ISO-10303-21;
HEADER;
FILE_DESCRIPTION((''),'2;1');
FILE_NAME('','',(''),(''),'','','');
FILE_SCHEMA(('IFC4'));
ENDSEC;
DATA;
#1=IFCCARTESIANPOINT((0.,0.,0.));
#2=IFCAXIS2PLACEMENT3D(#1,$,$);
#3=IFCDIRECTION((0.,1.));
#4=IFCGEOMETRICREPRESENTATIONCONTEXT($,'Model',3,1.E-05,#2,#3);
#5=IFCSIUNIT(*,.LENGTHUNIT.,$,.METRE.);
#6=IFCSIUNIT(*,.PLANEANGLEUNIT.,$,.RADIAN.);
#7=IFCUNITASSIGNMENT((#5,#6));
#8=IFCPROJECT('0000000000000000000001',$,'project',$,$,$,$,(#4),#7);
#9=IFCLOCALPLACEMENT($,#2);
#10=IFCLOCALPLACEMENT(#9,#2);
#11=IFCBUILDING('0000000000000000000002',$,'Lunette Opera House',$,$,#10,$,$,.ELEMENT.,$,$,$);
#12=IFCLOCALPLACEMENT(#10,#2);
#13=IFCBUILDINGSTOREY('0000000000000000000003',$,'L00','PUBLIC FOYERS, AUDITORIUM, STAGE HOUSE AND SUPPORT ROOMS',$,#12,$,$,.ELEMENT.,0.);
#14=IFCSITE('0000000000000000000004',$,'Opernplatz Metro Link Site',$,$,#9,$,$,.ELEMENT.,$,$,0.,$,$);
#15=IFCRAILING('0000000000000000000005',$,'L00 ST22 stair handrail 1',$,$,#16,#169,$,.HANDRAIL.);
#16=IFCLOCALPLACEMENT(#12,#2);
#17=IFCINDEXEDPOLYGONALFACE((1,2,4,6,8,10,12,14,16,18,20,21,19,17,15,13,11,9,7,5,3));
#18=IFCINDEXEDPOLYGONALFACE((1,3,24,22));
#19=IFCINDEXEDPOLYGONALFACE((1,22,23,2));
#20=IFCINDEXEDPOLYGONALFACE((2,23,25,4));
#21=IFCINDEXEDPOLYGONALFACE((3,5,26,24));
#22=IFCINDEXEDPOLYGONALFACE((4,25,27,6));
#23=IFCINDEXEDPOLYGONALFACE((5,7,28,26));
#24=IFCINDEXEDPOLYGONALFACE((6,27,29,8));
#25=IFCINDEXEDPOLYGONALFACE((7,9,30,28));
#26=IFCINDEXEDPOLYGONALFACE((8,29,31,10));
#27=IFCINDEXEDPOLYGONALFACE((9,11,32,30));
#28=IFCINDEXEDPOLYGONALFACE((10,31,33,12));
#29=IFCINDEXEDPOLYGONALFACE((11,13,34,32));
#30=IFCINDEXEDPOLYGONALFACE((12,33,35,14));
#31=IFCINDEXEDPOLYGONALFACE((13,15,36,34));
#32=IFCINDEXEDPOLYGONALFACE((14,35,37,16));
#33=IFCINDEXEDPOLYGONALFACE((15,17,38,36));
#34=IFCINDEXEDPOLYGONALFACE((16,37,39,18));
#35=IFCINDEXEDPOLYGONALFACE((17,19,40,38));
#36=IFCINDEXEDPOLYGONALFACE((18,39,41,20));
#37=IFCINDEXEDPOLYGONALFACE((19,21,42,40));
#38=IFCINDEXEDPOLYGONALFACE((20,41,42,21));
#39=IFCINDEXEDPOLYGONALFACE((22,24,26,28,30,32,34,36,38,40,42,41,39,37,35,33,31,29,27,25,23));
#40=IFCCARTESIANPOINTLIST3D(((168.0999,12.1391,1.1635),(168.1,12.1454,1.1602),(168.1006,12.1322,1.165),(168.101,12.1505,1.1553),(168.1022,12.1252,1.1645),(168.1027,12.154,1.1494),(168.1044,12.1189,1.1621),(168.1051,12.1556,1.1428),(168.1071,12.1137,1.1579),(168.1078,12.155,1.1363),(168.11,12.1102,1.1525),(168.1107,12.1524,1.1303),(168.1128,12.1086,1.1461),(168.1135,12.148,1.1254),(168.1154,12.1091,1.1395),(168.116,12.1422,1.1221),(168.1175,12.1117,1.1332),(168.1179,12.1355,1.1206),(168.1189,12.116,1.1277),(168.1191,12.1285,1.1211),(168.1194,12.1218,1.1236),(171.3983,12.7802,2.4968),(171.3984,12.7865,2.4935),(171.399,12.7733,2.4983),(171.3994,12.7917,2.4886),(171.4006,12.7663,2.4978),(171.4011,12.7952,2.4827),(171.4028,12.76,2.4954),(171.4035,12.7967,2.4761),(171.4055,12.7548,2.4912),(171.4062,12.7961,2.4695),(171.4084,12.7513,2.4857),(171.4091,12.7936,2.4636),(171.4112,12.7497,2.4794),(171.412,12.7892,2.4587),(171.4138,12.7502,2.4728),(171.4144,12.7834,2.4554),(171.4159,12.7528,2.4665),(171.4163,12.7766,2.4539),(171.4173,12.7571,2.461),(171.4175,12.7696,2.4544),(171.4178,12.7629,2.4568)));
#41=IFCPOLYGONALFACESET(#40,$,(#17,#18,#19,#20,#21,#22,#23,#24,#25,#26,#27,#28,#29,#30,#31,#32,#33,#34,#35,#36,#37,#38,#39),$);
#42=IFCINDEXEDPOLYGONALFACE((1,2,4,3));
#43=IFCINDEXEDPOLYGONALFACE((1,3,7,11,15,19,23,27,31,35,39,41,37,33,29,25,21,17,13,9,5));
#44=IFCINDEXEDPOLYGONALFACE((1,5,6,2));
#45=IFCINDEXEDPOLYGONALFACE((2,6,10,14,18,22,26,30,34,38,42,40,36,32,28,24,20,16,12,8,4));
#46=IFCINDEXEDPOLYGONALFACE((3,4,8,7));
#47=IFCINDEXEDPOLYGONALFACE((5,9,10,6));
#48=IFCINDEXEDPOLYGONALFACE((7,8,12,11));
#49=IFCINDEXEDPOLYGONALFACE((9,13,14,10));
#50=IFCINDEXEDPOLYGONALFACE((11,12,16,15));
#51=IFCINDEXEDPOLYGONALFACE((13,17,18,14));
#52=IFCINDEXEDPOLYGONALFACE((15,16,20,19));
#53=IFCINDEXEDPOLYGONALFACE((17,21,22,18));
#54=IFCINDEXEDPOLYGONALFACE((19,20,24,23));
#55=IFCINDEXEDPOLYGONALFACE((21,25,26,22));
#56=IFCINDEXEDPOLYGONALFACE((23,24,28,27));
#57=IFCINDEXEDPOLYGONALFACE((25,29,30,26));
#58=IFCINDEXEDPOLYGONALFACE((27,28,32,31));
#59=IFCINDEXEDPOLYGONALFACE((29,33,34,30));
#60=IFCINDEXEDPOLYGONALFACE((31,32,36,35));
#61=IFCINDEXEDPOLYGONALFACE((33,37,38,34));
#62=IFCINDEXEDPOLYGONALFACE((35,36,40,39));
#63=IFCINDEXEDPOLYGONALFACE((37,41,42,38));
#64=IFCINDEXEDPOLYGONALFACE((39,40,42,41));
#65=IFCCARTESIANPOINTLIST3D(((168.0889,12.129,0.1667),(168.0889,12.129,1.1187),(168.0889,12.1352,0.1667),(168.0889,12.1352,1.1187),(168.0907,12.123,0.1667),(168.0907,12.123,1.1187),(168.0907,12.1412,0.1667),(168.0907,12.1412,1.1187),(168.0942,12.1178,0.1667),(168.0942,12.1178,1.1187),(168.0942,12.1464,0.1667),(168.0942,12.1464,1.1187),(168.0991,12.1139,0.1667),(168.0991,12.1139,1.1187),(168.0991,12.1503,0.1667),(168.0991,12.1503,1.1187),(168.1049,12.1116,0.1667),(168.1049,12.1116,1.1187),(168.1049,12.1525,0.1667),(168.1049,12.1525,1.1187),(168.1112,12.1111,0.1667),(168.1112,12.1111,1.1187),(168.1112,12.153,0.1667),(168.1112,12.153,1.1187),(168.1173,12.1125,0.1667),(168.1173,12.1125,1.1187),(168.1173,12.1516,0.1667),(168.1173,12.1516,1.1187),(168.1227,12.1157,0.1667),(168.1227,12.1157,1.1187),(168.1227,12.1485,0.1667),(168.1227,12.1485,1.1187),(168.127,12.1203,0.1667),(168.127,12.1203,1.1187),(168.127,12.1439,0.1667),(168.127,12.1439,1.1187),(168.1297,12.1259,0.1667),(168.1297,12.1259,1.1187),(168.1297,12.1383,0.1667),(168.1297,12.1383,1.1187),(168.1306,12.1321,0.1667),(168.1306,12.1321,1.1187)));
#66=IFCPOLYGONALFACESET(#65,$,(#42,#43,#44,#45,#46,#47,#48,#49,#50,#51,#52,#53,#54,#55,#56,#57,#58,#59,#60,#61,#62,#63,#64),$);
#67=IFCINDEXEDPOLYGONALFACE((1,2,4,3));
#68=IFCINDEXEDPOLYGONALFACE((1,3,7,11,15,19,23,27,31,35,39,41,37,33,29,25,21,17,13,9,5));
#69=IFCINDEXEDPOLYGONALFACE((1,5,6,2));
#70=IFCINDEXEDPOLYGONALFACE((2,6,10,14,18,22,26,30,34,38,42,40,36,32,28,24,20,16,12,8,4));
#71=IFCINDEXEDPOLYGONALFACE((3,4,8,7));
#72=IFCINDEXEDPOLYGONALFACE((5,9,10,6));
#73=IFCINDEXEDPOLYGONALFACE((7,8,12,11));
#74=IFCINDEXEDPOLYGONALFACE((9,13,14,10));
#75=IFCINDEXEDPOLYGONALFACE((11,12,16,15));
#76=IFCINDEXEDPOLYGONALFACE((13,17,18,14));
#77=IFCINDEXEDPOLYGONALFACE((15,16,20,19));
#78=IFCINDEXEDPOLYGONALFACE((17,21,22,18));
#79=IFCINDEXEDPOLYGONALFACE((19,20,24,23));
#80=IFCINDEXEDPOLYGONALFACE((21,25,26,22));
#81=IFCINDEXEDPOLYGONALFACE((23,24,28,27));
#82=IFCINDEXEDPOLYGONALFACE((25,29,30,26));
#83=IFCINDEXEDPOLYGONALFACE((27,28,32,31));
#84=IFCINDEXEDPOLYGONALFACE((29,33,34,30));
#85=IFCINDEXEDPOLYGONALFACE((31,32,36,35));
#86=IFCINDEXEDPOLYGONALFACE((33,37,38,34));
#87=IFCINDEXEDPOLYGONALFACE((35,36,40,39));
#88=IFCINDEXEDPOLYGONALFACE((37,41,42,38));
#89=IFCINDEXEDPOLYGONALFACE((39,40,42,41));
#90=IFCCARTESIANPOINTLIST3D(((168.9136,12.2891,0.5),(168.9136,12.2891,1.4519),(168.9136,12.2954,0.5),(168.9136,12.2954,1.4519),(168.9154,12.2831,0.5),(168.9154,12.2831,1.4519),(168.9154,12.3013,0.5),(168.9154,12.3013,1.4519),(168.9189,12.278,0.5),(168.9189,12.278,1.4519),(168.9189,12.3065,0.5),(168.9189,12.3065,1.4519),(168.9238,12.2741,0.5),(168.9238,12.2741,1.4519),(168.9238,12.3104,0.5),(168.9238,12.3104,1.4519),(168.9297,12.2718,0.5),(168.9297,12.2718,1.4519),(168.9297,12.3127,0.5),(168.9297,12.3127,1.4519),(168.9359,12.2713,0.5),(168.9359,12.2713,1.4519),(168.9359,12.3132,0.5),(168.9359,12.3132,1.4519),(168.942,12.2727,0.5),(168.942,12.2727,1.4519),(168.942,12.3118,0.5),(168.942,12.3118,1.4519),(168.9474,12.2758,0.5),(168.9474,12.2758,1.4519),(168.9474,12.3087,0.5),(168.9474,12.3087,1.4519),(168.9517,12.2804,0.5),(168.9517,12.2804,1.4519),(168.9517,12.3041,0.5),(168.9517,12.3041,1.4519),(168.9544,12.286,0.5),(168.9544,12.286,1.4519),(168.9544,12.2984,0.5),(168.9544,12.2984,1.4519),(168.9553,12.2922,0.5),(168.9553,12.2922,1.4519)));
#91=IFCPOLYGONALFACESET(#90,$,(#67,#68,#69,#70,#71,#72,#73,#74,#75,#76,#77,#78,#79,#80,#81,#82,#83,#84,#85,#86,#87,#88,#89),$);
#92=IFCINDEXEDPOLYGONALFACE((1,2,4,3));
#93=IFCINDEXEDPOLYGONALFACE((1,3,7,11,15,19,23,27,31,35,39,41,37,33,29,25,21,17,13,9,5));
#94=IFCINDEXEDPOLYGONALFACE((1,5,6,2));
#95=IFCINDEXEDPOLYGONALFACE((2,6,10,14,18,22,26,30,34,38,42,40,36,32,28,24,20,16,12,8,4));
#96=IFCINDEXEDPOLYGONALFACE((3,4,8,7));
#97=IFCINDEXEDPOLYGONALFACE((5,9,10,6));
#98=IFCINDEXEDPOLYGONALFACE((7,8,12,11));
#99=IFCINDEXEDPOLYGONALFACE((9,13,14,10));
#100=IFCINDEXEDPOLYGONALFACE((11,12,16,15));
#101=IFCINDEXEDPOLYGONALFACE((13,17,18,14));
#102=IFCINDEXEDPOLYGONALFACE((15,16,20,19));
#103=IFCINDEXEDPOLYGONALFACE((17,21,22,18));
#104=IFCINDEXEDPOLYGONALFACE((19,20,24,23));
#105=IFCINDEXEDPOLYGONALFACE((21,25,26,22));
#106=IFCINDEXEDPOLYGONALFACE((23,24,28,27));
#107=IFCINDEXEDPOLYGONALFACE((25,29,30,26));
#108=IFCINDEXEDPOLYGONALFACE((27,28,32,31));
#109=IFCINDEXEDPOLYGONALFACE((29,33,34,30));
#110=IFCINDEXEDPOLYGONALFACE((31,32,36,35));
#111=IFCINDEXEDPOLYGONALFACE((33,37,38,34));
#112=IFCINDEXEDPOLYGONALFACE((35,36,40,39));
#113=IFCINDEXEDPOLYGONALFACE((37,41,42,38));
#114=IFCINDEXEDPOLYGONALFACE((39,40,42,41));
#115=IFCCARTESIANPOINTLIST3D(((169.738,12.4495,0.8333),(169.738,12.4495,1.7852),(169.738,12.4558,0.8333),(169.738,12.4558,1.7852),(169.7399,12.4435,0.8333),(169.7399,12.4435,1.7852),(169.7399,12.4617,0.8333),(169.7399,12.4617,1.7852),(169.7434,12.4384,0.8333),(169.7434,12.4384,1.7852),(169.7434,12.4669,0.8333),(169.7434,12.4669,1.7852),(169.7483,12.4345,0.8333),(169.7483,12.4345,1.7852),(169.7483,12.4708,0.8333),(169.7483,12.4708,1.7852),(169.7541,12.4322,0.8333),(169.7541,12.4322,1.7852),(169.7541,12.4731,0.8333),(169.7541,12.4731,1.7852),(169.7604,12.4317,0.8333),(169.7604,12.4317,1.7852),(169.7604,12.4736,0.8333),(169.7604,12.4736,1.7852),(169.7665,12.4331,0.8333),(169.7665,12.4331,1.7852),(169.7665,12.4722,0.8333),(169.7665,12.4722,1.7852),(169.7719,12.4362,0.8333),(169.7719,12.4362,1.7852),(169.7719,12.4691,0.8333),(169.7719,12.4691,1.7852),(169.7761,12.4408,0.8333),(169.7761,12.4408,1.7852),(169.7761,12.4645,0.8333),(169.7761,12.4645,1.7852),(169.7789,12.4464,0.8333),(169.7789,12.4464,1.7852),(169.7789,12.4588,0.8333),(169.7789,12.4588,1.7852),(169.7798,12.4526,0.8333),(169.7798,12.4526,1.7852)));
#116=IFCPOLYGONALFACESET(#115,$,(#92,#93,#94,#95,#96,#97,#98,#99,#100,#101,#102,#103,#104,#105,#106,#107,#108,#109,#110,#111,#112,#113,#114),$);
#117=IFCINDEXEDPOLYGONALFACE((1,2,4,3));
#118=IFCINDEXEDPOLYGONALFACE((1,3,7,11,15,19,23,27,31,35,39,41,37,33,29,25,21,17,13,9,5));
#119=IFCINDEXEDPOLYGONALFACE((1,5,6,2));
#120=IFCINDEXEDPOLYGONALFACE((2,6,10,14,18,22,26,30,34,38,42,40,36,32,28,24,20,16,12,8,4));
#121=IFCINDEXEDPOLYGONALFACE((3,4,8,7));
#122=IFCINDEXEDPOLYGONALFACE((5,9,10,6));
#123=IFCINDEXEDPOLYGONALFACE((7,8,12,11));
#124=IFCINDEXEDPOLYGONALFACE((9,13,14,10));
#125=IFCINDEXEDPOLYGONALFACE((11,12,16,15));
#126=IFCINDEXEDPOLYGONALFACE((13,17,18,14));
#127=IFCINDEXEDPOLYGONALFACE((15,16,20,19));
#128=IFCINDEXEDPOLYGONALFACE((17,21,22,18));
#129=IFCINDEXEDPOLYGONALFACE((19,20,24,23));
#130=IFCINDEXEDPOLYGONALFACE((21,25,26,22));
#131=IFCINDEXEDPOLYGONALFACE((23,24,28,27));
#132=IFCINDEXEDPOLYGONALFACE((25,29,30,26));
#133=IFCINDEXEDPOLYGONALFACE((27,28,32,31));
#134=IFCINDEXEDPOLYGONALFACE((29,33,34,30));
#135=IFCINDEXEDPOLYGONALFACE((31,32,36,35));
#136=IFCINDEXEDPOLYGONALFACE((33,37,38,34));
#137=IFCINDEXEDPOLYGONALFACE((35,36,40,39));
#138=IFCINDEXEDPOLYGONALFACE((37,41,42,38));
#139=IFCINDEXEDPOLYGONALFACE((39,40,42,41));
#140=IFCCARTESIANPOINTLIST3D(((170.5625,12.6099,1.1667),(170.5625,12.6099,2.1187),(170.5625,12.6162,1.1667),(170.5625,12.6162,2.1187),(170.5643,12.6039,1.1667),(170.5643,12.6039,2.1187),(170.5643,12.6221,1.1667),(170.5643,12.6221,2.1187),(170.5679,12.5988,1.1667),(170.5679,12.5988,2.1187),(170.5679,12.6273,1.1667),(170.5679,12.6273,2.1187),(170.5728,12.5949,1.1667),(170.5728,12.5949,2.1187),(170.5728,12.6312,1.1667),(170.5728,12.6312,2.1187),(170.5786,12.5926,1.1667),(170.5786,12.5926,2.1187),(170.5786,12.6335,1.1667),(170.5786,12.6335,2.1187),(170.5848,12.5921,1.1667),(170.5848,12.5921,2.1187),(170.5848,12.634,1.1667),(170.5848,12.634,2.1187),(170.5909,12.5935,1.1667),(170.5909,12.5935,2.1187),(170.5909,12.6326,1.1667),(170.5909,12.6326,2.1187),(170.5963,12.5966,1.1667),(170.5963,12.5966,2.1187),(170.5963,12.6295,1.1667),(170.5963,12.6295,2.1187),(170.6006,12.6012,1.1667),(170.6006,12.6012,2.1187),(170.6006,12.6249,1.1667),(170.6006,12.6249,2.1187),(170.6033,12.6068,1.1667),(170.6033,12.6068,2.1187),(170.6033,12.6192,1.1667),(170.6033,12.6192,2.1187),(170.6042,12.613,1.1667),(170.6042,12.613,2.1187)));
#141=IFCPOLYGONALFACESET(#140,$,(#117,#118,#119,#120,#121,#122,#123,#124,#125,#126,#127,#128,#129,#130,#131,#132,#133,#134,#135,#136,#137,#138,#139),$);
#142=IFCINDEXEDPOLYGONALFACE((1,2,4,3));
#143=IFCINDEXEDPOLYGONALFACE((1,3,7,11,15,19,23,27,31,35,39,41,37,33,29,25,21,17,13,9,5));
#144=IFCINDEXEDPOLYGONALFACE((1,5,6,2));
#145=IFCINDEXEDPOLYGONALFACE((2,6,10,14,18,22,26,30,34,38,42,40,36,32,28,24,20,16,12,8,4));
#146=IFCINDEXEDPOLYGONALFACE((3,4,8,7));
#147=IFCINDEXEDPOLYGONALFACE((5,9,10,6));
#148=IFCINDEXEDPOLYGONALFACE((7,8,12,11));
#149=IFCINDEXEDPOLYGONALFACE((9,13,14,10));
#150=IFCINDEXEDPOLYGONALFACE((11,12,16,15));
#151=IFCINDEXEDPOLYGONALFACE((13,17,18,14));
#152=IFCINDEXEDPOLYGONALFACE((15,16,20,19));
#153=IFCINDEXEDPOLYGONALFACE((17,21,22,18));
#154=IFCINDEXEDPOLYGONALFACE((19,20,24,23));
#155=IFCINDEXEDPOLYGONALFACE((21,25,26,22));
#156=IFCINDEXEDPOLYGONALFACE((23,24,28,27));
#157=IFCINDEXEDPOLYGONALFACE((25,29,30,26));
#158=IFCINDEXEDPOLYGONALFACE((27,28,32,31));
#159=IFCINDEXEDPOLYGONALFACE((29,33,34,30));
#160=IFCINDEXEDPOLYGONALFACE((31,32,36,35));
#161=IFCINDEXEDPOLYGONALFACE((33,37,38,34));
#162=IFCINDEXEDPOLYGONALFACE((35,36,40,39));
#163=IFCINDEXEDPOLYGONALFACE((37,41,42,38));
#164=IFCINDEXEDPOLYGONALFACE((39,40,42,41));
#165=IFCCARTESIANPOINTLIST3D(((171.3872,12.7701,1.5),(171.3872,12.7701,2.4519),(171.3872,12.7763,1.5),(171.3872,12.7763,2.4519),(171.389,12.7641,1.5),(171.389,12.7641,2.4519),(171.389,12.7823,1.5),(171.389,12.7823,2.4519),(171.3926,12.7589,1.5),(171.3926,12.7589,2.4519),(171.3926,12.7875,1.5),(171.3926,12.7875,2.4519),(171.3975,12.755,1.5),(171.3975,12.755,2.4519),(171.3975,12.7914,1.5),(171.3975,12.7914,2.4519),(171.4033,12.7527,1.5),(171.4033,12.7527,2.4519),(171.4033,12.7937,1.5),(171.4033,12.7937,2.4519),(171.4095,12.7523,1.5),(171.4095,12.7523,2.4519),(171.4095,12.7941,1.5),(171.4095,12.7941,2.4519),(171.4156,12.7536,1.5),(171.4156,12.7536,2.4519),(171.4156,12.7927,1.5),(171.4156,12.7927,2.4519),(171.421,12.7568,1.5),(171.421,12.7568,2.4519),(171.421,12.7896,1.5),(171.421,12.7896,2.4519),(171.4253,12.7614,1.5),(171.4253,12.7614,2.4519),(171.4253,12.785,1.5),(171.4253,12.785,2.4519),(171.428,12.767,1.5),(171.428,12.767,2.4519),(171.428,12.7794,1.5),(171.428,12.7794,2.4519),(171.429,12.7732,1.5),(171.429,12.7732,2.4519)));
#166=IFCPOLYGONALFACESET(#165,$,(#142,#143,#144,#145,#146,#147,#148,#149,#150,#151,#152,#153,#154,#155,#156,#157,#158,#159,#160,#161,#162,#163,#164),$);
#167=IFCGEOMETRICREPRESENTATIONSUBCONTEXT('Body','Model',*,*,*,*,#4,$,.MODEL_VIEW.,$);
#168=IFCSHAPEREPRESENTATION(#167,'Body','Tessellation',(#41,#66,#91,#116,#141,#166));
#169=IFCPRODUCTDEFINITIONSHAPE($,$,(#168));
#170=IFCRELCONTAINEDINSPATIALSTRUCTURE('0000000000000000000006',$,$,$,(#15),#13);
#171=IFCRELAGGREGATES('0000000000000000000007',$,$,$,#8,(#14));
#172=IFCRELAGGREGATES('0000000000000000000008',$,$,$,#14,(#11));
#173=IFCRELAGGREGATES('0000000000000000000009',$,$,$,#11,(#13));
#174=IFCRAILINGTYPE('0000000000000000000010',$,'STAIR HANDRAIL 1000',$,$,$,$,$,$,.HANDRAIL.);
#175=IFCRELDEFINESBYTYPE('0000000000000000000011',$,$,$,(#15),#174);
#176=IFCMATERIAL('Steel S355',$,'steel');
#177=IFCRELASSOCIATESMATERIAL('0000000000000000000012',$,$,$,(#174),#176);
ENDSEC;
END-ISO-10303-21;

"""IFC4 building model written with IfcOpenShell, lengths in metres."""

from ifc_helpers import new_model, si_unit, direction, frame, origin, origin_2d, place, context, subcontext, project, spatial, circle, extrude, material, type_object, element, save


model = new_model("IFC4")

# Units and contexts
model_context = context("Model", 3, precision=1e-05, world=origin(), true_north=direction((0.0, 1.0)))
body_context = subcontext(model_context, "Body", "Model", "MODEL_VIEW")
ifc_project = project(units=[si_unit("LENGTHUNIT", "METRE"), si_unit("PLANEANGLEUNIT", "RADIAN")], contexts=[model_context])

# Site, building, storey
site_placement = place(None, origin())
site = spatial("IfcSite", under=ifc_project, at=site_placement, Name="Opernplatz Metro Link Site", CompositionType="ELEMENT", RefElevation=0.0)
building_placement = place(site_placement, origin())
building = spatial("IfcBuilding", under=site, at=building_placement, Name="Lunette Opera House", CompositionType="ELEMENT")
storey_placement = place(building_placement, origin())
storey = spatial("IfcBuildingStorey", under=building, at=storey_placement, Name="L00", Description="PUBLIC FOYERS, AUDITORIUM, STAGE HOUSE AND SUPPORT ROOMS", CompositionType="ELEMENT", Elevation=0.0)

# Railing
ifc_material_1 = material(Name="Steel S355", Category="steel")
railing_type = type_object("IfcRailingType", Name="STAIR HANDRAIL 1000", PredefinedType="HANDRAIL", material=ifc_material_1)
for number, where, name in (
    (1, (168.1096, 12.1321, 0.1667), "L00 ST22 stair handrail 1"),
):
    element("IfcRailing", number, at=place(storey_placement, frame(where)), inside=storey, type_object=railing_type, Name=name, PredefinedType="HANDRAIL", context=body_context, shape_type="SweptSolid", body=[
        extrude(circle(Radius=0.0239, at=origin_2d()), frame((0.0, 0.0, 0.9761), z_axis=(0.912425, 0.177352, 0.368819), x_axis=(-0.190804, 0.981628, 0.0)), (0.0, 0.0, 1.0), 3.615),
        extrude(circle(Radius=0.021, at=origin_2d()), origin(), (0.0, 0.0, 1.0), 0.9519),
        extrude(circle(Radius=0.021, at=origin_2d()), frame((0.8247, 0.1602, 0.3333)), (0.0, 0.0, 1.0), 0.9519),
        extrude(circle(Radius=0.021, at=origin_2d()), frame((1.6492, 0.3206, 0.6665)), (0.0, 0.0, 1.0), 0.9519),
        extrude(circle(Radius=0.021, at=origin_2d()), frame((2.4736, 0.481, 1.0)), (0.0, 0.0, 1.0), 0.9519),
        extrude(circle(Radius=0.021, at=origin_2d()), frame((3.2983, 0.6411, 1.3333)), (0.0, 0.0, 1.0), 0.9519),
    ])

save(model, "model.ifc")
